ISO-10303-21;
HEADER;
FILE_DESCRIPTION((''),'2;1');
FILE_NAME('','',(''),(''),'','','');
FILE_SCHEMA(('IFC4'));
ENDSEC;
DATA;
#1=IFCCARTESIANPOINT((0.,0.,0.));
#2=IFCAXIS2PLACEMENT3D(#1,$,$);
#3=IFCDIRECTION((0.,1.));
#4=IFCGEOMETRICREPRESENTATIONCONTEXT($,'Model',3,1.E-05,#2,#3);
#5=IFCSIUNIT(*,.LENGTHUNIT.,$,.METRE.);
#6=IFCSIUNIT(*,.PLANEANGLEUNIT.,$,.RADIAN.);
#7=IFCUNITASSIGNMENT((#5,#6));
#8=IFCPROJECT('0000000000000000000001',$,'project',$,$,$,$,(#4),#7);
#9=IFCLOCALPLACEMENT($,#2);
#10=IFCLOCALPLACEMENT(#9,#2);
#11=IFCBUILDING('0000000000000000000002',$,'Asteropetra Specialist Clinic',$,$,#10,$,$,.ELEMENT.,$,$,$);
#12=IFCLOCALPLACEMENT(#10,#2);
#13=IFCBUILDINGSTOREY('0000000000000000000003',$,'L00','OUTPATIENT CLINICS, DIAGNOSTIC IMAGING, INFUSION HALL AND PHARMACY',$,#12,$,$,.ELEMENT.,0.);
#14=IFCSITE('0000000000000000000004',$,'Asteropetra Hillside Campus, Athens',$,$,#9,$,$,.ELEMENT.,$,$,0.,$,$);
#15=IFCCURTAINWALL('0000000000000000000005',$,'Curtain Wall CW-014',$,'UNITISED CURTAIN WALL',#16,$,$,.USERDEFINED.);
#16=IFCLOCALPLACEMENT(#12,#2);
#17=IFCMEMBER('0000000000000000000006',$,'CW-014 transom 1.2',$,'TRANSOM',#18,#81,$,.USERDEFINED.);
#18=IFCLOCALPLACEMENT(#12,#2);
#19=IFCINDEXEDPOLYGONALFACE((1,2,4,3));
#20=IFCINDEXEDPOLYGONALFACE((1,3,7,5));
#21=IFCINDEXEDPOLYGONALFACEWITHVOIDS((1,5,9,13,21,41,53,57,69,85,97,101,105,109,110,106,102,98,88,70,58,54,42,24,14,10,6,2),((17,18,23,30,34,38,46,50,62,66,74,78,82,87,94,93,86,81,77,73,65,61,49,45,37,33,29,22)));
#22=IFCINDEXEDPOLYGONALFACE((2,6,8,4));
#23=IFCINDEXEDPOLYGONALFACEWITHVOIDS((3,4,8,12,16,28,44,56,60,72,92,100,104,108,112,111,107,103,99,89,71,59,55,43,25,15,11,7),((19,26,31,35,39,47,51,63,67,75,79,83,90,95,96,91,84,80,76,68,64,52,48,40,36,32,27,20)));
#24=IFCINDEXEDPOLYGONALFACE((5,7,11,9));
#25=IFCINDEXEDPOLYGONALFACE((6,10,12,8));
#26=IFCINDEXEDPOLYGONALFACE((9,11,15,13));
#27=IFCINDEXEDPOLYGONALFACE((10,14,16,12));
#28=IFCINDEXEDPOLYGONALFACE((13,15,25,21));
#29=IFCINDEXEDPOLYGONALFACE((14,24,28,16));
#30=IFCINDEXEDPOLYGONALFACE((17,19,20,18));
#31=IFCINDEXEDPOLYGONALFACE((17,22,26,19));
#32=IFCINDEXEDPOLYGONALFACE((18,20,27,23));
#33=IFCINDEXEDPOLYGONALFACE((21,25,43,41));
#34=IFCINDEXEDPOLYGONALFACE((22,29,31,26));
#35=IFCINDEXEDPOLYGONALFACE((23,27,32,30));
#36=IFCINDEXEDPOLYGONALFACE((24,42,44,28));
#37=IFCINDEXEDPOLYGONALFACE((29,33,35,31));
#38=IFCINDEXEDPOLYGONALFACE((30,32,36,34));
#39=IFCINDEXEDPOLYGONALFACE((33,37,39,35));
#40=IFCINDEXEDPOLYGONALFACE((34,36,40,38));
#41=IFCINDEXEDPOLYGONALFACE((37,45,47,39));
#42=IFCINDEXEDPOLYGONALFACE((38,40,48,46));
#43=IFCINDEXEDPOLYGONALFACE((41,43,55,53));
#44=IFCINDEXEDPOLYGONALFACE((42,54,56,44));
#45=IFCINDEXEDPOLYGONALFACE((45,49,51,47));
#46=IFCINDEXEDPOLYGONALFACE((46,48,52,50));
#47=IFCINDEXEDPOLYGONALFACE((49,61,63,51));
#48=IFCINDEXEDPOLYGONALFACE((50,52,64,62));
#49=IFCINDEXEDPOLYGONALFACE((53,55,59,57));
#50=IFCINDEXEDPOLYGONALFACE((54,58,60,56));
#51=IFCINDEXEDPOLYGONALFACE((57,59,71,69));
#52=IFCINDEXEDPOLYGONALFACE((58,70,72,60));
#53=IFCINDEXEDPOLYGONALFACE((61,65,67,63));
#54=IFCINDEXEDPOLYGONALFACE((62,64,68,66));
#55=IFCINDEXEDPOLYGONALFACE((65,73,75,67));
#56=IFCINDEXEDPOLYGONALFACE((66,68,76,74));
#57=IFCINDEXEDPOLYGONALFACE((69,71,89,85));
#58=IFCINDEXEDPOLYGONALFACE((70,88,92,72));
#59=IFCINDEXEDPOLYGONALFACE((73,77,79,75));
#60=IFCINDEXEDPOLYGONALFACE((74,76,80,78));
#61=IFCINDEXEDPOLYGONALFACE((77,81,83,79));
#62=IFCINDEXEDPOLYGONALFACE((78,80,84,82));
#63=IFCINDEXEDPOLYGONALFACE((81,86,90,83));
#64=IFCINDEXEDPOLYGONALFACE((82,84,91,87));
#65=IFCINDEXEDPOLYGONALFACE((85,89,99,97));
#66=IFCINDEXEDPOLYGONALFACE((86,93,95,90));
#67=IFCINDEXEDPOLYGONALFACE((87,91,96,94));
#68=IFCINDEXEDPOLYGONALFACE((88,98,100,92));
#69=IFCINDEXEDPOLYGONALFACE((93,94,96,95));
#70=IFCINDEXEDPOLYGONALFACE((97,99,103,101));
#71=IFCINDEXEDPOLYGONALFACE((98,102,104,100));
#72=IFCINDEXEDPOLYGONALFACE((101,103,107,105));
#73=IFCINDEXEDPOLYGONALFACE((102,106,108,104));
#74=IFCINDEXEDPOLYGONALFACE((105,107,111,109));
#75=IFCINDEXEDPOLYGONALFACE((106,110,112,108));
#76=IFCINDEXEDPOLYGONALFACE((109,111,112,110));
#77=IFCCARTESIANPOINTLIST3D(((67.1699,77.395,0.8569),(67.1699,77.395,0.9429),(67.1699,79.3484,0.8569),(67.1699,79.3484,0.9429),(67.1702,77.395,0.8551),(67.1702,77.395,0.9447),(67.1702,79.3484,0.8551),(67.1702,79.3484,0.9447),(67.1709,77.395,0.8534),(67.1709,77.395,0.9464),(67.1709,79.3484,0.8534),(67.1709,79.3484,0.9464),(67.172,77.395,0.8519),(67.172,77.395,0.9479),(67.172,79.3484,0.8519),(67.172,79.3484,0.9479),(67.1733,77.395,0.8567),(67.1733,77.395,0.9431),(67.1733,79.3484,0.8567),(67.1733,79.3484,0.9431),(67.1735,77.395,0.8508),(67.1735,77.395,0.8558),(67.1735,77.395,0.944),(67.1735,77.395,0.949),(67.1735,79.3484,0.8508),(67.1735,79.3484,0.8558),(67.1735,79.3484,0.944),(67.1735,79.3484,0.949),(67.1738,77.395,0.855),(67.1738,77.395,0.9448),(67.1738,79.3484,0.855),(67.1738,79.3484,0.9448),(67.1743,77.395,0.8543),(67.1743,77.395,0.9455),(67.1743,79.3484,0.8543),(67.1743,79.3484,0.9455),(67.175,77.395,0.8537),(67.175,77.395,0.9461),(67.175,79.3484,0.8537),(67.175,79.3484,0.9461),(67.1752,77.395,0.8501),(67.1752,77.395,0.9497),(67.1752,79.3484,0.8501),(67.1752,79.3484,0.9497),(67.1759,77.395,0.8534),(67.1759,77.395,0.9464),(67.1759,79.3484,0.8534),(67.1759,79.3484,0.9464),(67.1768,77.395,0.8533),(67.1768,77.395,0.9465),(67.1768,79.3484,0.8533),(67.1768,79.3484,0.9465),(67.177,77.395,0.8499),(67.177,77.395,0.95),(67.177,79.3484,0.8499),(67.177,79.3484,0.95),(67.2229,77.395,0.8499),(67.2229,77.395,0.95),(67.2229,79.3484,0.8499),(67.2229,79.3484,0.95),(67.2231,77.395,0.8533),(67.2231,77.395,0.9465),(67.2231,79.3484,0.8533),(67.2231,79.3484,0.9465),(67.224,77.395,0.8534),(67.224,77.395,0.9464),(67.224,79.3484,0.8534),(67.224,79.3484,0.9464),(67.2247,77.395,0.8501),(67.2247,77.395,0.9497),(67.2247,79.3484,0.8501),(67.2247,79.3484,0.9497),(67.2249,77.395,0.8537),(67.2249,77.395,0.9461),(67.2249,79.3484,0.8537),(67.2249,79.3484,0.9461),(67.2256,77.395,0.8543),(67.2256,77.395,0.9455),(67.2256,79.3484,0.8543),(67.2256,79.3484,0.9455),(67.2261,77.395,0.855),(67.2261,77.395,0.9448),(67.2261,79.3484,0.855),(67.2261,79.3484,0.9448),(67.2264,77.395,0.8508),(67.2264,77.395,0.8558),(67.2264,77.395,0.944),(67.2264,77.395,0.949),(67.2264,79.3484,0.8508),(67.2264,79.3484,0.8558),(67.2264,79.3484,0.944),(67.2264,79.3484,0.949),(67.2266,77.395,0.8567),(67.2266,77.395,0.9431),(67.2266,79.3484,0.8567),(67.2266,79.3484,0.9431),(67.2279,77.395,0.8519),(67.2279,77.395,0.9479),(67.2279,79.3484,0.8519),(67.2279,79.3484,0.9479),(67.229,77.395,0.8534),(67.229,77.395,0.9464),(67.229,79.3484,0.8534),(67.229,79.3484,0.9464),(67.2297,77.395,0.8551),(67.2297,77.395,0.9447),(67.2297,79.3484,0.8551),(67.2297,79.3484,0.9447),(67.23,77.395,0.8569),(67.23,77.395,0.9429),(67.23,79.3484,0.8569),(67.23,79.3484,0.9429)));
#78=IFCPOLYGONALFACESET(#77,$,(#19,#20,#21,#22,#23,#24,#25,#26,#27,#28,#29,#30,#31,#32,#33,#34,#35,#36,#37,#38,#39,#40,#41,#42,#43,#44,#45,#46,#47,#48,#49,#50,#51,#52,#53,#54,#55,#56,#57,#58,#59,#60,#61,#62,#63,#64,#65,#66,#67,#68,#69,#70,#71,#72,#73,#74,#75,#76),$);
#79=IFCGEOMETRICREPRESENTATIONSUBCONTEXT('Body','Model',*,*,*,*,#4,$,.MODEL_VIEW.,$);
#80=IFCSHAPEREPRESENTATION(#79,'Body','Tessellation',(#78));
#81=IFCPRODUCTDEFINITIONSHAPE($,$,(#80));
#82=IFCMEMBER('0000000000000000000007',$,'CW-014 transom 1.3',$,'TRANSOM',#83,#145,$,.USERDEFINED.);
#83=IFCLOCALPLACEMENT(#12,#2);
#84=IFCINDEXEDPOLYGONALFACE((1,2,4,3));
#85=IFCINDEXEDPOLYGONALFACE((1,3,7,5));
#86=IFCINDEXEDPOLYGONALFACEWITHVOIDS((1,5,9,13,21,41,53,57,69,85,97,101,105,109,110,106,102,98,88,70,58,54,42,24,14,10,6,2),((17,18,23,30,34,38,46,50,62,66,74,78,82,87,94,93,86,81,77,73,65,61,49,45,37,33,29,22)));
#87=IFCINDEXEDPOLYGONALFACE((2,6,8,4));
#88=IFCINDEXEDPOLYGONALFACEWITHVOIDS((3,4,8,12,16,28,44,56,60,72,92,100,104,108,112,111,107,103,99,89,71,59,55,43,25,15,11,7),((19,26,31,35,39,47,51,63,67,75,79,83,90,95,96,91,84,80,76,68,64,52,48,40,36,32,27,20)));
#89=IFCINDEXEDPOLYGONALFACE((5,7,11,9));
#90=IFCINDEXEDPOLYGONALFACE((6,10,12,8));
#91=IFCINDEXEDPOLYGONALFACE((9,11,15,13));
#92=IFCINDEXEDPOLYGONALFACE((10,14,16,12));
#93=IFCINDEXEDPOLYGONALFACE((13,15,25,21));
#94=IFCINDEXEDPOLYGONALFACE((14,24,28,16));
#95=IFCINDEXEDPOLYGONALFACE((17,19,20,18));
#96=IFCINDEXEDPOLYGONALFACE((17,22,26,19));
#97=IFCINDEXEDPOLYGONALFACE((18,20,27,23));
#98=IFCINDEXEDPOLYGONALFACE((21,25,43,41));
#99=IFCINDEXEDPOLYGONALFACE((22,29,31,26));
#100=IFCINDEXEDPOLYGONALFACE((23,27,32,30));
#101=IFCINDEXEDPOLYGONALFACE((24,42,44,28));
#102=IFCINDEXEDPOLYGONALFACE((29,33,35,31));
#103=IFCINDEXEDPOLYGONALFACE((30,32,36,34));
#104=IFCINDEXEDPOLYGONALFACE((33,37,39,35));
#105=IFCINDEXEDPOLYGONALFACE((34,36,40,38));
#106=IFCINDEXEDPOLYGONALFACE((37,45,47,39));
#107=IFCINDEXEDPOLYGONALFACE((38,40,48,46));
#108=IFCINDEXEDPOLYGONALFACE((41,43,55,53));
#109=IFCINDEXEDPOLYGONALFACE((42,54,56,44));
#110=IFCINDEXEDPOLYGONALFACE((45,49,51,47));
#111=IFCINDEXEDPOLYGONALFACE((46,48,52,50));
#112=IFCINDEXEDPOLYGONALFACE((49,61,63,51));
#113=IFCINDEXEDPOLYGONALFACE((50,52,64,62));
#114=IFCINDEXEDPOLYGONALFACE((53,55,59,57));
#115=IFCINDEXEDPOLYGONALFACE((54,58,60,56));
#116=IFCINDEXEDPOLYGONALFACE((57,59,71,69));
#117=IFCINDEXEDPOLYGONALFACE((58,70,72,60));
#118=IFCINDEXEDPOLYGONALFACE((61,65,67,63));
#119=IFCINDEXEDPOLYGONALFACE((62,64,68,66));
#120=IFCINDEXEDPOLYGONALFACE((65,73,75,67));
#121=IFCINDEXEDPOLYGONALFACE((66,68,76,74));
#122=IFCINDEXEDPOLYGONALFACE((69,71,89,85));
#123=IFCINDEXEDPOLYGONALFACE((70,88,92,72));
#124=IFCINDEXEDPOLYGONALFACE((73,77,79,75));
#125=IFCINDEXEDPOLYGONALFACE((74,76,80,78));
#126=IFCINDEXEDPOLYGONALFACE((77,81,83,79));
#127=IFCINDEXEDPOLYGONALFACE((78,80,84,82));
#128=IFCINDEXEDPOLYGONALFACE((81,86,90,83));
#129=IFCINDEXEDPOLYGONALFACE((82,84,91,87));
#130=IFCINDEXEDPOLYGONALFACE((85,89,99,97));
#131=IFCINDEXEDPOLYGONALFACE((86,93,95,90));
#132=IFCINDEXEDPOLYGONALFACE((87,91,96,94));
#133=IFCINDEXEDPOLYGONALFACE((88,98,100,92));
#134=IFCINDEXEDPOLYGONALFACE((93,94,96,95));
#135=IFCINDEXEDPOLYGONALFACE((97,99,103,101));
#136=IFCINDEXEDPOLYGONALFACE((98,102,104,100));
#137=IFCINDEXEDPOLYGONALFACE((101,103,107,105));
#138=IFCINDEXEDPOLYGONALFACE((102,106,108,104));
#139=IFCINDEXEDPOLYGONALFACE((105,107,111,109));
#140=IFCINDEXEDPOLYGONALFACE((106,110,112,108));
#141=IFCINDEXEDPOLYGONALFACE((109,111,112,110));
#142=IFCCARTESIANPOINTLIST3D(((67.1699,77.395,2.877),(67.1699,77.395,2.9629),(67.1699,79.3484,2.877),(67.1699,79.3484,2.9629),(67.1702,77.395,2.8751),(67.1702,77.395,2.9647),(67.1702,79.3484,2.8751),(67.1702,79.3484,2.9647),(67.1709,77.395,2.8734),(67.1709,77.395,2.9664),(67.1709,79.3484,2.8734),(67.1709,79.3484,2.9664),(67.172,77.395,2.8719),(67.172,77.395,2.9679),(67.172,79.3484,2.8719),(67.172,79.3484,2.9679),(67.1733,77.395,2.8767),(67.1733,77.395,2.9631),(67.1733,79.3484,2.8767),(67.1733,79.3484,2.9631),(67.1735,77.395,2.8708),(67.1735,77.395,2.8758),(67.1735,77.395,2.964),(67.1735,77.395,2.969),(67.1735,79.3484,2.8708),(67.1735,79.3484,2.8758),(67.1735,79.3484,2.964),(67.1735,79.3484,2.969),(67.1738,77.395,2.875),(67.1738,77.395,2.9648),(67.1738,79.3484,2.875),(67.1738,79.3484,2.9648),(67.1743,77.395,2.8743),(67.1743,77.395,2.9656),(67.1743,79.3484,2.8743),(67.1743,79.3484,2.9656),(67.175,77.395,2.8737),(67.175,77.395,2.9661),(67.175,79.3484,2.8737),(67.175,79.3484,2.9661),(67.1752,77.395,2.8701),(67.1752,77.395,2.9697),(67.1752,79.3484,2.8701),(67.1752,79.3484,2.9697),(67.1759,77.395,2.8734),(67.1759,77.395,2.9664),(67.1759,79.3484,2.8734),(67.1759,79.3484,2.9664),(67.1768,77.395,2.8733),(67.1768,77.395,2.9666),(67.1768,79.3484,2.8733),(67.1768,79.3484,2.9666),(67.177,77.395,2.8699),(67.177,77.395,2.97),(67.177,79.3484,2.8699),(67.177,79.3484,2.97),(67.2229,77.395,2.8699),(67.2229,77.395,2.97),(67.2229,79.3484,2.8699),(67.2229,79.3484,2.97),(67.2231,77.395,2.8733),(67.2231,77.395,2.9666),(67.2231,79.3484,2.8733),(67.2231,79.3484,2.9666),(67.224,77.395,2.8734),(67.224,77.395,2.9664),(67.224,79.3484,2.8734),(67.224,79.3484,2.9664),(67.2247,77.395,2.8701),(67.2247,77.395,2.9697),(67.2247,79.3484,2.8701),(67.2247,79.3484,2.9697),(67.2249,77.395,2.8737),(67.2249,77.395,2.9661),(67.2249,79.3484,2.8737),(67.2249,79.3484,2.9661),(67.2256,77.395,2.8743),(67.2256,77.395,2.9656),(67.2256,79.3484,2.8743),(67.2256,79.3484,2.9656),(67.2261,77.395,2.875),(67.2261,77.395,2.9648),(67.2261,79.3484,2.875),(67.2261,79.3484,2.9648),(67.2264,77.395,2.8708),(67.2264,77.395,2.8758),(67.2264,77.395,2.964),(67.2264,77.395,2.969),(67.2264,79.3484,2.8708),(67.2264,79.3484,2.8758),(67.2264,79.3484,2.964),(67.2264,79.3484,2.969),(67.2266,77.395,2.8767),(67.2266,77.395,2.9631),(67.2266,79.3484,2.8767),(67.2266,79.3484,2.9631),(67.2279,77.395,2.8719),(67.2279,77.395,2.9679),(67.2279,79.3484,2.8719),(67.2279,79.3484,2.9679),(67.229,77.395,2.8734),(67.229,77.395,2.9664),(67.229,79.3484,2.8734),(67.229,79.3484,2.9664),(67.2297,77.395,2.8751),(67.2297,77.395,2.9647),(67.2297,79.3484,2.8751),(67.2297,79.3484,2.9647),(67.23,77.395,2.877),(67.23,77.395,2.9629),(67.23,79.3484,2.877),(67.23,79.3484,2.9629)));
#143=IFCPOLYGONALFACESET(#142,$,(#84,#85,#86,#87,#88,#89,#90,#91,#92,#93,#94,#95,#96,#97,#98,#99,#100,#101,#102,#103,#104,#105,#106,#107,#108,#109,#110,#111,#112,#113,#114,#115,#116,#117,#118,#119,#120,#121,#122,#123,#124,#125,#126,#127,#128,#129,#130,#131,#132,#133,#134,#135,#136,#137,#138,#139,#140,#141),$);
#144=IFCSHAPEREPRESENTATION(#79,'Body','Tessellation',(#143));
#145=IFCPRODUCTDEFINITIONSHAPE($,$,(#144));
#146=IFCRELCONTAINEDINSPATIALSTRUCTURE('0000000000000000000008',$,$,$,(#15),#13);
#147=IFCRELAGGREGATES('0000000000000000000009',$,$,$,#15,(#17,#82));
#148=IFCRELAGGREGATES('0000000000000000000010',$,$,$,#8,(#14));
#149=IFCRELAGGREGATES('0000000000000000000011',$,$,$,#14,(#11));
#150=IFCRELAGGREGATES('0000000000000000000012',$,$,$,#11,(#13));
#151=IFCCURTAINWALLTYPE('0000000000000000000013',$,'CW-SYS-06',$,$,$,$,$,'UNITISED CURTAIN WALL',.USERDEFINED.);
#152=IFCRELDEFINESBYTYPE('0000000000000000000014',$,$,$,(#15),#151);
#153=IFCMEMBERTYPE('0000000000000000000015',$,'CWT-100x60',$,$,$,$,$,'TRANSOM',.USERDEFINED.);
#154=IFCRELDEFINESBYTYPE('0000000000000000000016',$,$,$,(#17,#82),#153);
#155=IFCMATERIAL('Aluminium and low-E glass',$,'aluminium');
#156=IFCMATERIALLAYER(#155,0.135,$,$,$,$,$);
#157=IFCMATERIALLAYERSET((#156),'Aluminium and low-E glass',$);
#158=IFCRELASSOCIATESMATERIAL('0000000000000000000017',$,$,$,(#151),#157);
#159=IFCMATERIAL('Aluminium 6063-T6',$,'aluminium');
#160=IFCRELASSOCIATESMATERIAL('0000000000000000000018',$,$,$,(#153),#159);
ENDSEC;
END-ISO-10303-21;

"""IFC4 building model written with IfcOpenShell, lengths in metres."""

from ifc_helpers import new_model, si_unit, direction, frame, origin, origin_2d, place, context, subcontext, project, spatial, hollow_rectangle, extrude, material, layer, layer_set, material_profile, profile_set, type_object, element, aggregate, save


model = new_model("IFC4")

# Units and contexts
model_context = context("Model", 3, precision=1e-05, world=origin(), true_north=direction((0.0, 1.0)))
body_context = subcontext(model_context, "Body", "Model", "MODEL_VIEW")
ifc_project = project(units=[si_unit("LENGTHUNIT", "METRE"), si_unit("PLANEANGLEUNIT", "RADIAN")], contexts=[model_context])

# Site, building, storey
site_placement = place(None, origin())
site = spatial("IfcSite", under=ifc_project, at=site_placement, Name="Asteropetra Hillside Campus, Athens", CompositionType="ELEMENT", RefElevation=0.0)
building_placement = place(site_placement, origin())
building = spatial("IfcBuilding", under=site, at=building_placement, Name="Asteropetra Specialist Clinic", CompositionType="ELEMENT")
storey_placement = place(building_placement, origin())
storey = spatial("IfcBuildingStorey", under=building, at=storey_placement, Name="L00", Description="OUTPATIENT CLINICS, DIAGNOSTIC IMAGING, INFUSION HALL AND PHARMACY", CompositionType="ELEMENT", Elevation=0.0)

# Curtain wall, members
ifc_material_1 = material(Name="Aluminium and low-E glass", Category="aluminium")
ifc_layer_1 = layer(ifc_material_1, 0.135)
ifc_layer_set_1 = layer_set([ifc_layer_1], Name="Aluminium and low-E glass")
curtain_wall_type_1 = type_object("IfcCurtainWallType", Name="CW-SYS-06", ElementType="UNITISED CURTAIN WALL", PredefinedType="USERDEFINED", material=ifc_layer_set_1)
curtain_wall_1_placement = place(storey_placement, origin())
curtain_wall_1 = element("IfcCurtainWall", 1, at=curtain_wall_1_placement, inside=storey, type_object=curtain_wall_type_1, Name="Curtain Wall CW-014", ObjectType="UNITISED CURTAIN WALL", PredefinedType="USERDEFINED")
ifc_material_2 = material(Name="Aluminium 6063-T6", Category="aluminium")
ifc_material_profile_1 = material_profile(ifc_material_2, hollow_rectangle(XDim=0.0601, YDim=0.1001, WallThickness=0.0034, InnerFilletRadius=0.0034, OuterFilletRadius=0.0071, at=origin_2d()), Name="TRN 100x60x3.5")
ifc_profile_set_1 = profile_set([ifc_material_profile_1], Name="Aluminium 6063-T6")
member_type_1 = type_object("IfcMemberType", Name="CWT-100x60", ElementType="TRANSOM", PredefinedType="USERDEFINED", material=ifc_profile_set_1)
member_1_placement = place(storey_placement, frame((67.2, 77.395, 0.8999), z_axis=(0.0, 1.0, 0.0), x_axis=(-1.0, 0.0, 0.0)))
member_1 = element("IfcMember", 2, at=member_1_placement, type_object=member_type_1, Name="CW-014 transom 1.2", ObjectType="TRANSOM", PredefinedType="USERDEFINED", context=body_context, shape_type="SweptSolid", body=[
    extrude(hollow_rectangle(XDim=0.0601, YDim=0.1001, WallThickness=0.0034, InnerFilletRadius=0.0034, OuterFilletRadius=0.0071, at=origin_2d()), origin(), (0.0, 0.0, 1.0), 1.9534),
])
member_2_placement = place(storey_placement, frame((67.2, 77.395, 2.9199), z_axis=(0.0, 1.0, 0.0), x_axis=(-1.0, 0.0, 0.0)))
member_2 = element("IfcMember", 3, at=member_2_placement, type_object=member_type_1, Name="CW-014 transom 1.3", ObjectType="TRANSOM", PredefinedType="USERDEFINED", context=body_context, shape_type="SweptSolid", body=[
    extrude(hollow_rectangle(XDim=0.0601, YDim=0.1001, WallThickness=0.0034, InnerFilletRadius=0.0034, OuterFilletRadius=0.0071, at=origin_2d()), origin(), (0.0, 0.0, 1.0), 1.9534),
])
aggregate(curtain_wall_1, [member_1, member_2])

save(model, "model.ifc")
